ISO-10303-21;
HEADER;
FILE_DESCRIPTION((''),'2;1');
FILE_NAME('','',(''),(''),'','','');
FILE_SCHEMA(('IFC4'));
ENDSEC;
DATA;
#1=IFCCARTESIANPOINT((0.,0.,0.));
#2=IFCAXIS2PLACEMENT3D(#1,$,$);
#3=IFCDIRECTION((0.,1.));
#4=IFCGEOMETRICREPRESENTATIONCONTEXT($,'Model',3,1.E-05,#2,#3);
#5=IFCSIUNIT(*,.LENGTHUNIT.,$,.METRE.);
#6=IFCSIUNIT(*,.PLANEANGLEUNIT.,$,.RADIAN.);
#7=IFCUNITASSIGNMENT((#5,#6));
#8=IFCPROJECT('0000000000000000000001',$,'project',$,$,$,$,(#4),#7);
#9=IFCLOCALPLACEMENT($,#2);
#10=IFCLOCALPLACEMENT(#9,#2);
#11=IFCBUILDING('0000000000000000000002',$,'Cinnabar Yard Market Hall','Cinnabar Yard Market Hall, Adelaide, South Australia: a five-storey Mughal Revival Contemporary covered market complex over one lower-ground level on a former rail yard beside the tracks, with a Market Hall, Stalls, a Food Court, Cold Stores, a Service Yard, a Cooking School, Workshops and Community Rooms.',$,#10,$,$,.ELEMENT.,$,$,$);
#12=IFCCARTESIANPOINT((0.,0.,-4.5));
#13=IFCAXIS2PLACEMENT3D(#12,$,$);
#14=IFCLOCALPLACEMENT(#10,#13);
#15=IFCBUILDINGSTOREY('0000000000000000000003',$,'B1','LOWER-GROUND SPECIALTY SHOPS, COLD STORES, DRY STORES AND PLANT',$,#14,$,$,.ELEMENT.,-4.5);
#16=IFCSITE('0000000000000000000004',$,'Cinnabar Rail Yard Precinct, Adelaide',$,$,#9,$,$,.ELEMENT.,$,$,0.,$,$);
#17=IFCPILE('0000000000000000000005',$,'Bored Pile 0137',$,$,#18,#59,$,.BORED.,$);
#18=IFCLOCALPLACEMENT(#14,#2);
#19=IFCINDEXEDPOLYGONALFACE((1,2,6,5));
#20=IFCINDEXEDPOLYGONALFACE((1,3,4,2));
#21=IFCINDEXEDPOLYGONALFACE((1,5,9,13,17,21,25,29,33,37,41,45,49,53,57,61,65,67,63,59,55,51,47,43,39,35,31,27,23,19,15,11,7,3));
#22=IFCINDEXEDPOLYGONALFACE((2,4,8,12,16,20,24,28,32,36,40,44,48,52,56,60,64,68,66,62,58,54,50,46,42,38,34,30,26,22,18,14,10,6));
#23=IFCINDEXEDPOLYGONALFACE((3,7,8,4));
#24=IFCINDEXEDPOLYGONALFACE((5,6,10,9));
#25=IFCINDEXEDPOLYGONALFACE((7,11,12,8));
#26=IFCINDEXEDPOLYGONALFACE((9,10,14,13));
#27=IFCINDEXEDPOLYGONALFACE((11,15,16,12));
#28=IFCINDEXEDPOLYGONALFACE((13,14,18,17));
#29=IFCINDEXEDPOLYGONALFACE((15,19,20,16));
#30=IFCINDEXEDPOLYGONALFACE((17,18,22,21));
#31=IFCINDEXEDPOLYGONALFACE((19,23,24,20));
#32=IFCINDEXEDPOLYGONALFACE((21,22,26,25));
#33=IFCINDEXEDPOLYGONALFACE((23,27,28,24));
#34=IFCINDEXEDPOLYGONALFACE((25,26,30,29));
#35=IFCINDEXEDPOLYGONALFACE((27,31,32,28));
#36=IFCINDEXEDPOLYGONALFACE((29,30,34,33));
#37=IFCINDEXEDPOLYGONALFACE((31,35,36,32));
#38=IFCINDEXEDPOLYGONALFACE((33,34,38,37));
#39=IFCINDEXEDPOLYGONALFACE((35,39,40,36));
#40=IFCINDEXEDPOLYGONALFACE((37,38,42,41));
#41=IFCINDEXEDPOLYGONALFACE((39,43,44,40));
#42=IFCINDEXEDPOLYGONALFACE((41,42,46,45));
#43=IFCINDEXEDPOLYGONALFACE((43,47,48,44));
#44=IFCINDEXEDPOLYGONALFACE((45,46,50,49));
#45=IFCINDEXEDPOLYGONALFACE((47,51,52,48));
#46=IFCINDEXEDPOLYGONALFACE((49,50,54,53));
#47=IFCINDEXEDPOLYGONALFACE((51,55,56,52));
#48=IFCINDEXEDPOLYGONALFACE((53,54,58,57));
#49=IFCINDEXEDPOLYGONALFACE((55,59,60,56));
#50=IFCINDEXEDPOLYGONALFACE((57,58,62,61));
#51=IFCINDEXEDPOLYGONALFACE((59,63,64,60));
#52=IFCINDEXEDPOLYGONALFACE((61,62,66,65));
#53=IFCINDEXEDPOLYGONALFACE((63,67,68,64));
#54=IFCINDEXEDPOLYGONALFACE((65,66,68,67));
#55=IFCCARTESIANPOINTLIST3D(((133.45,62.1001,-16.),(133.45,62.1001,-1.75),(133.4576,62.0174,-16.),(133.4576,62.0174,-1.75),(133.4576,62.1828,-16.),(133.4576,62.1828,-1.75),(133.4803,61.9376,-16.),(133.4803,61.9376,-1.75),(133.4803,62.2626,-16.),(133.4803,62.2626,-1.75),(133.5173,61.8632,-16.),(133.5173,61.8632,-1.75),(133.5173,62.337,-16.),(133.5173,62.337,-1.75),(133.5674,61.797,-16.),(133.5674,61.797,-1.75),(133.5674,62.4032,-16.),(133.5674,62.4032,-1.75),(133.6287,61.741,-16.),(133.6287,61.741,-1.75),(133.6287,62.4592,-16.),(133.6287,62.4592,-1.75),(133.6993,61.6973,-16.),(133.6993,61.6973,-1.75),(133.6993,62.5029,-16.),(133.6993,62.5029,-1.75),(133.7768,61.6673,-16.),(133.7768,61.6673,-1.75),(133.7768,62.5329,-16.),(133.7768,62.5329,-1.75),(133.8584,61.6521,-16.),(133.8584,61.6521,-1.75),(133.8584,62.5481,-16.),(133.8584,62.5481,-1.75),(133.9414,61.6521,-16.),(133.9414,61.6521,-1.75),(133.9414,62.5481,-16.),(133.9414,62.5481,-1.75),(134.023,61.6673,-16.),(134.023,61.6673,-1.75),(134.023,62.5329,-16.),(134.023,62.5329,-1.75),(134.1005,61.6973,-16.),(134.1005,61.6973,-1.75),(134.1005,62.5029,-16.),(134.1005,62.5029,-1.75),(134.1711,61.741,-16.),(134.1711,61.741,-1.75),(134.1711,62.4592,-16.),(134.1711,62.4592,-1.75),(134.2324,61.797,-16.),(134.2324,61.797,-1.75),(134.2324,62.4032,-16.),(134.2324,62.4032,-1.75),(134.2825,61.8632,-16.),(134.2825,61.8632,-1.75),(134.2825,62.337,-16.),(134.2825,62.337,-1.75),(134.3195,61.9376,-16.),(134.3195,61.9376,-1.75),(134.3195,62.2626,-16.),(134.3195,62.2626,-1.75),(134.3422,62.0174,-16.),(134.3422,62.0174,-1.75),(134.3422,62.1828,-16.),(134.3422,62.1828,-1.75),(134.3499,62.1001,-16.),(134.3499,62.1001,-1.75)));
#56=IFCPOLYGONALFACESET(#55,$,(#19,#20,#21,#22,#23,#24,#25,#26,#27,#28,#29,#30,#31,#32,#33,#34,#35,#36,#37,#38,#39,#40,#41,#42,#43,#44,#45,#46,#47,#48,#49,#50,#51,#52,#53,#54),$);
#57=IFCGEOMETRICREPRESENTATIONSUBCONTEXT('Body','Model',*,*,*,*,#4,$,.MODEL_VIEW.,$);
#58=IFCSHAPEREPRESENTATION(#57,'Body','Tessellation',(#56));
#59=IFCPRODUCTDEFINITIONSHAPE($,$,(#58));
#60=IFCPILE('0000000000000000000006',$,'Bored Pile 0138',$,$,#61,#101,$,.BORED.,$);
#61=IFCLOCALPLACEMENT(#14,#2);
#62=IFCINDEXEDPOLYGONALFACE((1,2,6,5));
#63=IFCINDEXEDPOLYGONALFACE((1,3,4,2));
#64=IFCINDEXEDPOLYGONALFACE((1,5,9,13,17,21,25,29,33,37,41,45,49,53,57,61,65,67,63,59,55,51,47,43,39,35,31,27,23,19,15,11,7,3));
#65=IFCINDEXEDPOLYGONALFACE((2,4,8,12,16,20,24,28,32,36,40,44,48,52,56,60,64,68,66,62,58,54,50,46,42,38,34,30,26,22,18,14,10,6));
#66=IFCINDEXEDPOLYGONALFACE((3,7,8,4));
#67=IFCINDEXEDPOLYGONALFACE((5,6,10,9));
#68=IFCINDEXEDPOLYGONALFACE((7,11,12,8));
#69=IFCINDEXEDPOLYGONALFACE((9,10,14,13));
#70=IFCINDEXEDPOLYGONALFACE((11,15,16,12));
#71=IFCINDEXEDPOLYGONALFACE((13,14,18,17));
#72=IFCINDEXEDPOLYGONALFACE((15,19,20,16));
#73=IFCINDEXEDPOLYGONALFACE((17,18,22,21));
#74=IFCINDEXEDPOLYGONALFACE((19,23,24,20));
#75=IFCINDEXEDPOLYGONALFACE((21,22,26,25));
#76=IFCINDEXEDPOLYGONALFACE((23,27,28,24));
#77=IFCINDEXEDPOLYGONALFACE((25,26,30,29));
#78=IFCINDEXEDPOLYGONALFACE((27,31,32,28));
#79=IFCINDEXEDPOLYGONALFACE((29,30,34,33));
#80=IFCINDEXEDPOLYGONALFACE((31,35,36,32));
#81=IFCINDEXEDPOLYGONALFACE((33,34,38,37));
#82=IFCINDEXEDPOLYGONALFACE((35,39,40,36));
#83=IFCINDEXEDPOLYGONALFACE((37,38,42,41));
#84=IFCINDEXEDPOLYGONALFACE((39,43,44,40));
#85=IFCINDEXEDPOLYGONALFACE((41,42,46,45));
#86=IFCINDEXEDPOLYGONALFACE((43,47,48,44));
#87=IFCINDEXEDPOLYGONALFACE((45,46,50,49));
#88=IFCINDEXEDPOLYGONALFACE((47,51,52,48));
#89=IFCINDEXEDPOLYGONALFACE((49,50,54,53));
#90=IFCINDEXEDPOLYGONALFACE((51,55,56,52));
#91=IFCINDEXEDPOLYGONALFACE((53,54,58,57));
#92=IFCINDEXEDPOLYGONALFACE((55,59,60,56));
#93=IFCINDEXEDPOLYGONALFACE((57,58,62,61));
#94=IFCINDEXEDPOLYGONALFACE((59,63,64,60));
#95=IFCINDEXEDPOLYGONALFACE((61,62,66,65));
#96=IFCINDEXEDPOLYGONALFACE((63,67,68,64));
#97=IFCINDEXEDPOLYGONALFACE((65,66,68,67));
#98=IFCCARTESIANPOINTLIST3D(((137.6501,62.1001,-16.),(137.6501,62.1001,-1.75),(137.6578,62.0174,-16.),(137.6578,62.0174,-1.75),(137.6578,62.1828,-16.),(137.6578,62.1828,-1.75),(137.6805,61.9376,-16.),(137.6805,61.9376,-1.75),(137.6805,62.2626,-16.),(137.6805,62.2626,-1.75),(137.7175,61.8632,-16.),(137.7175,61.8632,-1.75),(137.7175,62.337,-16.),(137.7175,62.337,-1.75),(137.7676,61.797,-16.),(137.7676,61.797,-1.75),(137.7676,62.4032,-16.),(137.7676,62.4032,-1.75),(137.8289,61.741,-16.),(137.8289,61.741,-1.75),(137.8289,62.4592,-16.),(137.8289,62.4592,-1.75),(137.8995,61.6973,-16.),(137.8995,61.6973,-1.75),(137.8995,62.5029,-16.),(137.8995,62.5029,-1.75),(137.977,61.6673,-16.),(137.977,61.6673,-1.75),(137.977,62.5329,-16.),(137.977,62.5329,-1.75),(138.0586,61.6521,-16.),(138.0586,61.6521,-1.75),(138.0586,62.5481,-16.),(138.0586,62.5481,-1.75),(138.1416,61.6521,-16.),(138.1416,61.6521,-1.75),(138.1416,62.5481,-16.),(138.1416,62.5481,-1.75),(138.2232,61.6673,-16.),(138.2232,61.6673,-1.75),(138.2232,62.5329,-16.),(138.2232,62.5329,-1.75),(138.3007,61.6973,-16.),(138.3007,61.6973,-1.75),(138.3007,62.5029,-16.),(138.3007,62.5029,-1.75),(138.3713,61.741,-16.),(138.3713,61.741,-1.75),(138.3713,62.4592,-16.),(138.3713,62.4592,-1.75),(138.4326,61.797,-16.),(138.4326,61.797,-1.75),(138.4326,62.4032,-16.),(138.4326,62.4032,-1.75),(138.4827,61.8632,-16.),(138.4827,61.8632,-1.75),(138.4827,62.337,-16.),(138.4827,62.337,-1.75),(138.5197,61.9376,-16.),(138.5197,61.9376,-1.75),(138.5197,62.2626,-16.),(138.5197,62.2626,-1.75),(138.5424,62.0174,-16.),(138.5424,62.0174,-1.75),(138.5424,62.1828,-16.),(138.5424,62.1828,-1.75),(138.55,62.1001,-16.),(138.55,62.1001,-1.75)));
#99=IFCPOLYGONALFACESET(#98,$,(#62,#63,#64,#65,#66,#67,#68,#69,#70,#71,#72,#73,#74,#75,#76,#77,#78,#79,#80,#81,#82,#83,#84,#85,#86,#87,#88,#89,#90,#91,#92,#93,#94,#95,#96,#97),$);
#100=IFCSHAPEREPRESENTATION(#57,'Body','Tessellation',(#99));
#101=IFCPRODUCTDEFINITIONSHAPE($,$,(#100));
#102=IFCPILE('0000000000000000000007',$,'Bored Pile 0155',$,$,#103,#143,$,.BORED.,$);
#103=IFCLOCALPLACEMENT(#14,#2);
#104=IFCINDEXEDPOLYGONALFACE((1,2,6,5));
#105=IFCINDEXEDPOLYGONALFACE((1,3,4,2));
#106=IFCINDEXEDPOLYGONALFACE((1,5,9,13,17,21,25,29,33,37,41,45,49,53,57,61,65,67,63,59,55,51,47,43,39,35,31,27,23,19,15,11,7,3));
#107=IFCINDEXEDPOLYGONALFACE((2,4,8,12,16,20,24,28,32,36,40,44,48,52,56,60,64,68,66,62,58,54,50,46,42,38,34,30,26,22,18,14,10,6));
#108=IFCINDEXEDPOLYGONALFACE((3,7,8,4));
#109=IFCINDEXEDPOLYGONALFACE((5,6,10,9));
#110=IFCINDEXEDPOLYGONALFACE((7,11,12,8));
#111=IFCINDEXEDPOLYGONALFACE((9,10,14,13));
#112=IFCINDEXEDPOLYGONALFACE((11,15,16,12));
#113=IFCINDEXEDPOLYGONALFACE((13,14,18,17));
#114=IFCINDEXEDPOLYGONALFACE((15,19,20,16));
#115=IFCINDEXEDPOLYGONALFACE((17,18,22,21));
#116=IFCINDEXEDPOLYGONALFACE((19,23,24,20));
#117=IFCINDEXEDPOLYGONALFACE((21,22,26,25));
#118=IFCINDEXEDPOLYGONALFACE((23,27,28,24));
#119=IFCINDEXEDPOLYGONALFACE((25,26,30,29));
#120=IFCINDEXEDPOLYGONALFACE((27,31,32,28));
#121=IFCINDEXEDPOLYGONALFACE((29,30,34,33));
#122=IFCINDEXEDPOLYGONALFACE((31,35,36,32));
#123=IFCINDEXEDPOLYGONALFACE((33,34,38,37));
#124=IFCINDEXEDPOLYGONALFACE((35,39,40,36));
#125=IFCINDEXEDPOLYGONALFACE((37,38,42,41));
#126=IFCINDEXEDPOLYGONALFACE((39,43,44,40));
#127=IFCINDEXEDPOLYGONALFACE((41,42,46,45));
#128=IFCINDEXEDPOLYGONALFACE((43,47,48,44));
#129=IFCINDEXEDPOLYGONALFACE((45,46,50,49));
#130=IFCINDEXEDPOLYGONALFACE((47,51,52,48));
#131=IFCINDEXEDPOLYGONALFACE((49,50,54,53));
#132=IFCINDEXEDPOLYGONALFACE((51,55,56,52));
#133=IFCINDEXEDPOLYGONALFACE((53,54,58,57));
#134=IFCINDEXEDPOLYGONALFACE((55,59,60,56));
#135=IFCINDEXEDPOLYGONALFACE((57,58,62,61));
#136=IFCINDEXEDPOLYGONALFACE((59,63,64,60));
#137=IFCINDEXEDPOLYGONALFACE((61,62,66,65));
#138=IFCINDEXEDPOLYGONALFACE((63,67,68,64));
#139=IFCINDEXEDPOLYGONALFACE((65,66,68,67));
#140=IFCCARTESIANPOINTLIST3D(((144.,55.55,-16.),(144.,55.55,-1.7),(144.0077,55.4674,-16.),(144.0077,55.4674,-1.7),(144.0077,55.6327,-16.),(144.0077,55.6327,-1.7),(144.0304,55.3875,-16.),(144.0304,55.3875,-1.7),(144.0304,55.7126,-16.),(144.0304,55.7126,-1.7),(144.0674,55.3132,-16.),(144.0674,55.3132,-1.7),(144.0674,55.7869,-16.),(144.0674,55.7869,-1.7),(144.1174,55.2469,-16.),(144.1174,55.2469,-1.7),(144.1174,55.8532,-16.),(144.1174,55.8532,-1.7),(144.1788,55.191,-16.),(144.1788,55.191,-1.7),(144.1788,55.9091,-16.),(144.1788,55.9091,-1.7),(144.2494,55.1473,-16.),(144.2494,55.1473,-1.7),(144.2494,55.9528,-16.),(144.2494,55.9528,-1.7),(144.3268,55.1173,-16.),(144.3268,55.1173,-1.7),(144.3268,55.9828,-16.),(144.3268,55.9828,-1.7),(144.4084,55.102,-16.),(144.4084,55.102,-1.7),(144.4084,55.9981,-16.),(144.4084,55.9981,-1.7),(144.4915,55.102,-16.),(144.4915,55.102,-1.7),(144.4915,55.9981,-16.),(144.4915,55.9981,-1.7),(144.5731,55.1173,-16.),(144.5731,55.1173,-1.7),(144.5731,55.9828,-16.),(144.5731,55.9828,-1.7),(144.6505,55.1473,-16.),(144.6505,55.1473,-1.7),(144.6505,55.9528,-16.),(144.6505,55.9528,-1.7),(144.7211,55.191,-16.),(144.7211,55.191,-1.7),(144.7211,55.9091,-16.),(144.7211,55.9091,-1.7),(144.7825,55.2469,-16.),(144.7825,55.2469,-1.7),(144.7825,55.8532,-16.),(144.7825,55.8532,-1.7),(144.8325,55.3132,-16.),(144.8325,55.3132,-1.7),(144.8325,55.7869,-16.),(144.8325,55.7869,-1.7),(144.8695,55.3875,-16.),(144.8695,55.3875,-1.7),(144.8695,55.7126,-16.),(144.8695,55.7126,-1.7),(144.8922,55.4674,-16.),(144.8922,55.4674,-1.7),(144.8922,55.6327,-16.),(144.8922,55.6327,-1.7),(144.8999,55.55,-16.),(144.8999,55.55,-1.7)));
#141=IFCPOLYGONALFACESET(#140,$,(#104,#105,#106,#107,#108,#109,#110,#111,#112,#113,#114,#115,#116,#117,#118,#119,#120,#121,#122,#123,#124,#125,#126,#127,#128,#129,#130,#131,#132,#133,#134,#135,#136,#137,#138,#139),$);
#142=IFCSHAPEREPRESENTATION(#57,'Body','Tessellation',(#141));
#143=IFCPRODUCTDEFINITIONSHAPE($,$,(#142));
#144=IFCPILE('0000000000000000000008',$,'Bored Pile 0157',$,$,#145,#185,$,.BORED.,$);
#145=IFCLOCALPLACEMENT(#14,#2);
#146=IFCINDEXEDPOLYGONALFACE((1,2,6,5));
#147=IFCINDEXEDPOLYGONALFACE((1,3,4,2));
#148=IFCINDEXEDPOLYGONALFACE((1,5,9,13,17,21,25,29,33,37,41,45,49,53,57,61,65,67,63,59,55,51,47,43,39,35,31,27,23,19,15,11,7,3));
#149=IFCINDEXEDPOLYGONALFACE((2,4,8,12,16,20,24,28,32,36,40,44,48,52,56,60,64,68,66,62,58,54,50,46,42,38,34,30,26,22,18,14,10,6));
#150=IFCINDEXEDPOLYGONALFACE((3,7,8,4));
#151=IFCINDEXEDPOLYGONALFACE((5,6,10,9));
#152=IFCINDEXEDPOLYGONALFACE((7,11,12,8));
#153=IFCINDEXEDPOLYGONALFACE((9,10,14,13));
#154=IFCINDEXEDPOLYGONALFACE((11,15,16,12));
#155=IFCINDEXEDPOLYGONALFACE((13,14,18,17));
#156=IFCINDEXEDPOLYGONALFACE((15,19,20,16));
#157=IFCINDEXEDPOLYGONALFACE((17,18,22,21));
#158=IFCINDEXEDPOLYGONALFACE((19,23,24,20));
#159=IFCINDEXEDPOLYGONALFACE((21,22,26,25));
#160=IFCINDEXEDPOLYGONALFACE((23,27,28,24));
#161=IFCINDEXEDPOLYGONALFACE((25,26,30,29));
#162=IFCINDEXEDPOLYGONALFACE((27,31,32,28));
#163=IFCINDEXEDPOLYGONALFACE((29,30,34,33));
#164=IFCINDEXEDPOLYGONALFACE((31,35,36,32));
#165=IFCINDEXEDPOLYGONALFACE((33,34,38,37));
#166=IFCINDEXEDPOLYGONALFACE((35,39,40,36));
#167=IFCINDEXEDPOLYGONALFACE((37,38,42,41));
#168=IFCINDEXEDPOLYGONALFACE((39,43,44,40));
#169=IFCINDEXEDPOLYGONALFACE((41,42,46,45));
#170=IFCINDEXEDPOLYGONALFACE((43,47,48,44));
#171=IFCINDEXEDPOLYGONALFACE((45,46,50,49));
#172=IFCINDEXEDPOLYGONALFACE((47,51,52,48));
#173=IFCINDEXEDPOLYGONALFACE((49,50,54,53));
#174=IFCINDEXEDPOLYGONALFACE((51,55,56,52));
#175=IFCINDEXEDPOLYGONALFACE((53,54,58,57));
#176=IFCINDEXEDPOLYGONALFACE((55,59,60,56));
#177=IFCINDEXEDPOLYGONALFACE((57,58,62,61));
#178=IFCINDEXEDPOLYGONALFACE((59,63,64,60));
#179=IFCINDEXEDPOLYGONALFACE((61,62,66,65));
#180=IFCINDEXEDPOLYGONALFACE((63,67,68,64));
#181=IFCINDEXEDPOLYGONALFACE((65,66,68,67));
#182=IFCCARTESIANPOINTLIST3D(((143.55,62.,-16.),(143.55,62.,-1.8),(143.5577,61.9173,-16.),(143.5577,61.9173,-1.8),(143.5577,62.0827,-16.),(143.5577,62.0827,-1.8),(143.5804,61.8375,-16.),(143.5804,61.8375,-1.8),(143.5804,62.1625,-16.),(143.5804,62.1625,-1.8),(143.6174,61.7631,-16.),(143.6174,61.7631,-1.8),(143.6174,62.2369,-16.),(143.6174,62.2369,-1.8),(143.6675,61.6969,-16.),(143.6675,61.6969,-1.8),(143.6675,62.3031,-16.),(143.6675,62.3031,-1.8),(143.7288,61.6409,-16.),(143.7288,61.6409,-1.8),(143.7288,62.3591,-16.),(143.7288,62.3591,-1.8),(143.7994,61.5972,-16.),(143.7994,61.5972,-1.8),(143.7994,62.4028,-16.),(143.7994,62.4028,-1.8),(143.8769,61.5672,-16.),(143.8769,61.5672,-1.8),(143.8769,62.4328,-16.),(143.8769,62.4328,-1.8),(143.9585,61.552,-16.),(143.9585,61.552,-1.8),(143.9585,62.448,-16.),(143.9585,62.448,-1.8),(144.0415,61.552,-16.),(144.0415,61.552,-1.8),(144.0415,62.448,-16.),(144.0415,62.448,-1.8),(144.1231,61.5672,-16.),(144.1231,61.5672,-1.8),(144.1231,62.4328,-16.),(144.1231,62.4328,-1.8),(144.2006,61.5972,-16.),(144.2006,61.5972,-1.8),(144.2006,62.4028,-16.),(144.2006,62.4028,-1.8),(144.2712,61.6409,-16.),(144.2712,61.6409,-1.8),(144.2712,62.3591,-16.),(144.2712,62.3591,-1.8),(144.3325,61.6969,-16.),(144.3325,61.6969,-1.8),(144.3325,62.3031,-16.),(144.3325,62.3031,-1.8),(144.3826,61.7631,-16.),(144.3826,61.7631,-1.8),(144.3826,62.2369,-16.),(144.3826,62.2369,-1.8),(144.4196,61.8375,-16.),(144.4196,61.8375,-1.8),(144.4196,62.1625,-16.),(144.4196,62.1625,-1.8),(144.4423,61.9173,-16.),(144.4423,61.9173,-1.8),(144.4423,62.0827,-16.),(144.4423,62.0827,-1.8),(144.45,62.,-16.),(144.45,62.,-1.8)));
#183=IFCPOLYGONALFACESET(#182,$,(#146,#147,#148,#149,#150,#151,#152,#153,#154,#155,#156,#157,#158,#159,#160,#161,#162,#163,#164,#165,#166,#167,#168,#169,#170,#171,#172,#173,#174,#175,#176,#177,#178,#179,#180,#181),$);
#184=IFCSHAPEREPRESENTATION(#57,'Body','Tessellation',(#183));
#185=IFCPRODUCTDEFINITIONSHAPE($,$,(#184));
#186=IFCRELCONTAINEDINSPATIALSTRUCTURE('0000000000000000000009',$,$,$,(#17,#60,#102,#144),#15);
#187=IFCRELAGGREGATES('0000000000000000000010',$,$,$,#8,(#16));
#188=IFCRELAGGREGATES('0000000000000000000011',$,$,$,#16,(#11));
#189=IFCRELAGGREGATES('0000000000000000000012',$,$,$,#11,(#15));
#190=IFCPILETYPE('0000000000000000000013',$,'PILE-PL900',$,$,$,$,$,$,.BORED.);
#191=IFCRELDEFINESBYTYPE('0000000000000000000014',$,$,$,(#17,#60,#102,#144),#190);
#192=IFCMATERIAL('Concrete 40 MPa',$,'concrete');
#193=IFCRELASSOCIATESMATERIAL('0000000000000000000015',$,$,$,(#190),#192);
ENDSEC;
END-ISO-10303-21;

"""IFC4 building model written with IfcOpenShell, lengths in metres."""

from ifc_helpers import new_model, si_unit, direction, frame, origin, origin_2d_with_axis, place, context, subcontext, project, spatial, circle, extrude, material, material_profile, profile_set, type_object, element, save


model = new_model("IFC4")

# Units and contexts
model_context = context("Model", 3, precision=1e-05, world=origin(), true_north=direction((0.0, 1.0)))
body_context = subcontext(model_context, "Body", "Model", "MODEL_VIEW")
ifc_project = project(units=[si_unit("LENGTHUNIT", "METRE"), si_unit("PLANEANGLEUNIT", "RADIAN")], contexts=[model_context])

# Site, building, storey
site_placement = place(None, origin())
site = spatial("IfcSite", under=ifc_project, at=site_placement, Name="Cinnabar Rail Yard Precinct, Adelaide", CompositionType="ELEMENT", RefElevation=0.0)
building_placement = place(site_placement, origin())
building = spatial("IfcBuilding", under=site, at=building_placement, Name="Cinnabar Yard Market Hall", Description="Cinnabar Yard Market Hall, Adelaide, South Australia: a five-storey Mughal Revival Contemporary covered market complex over one lower-ground level on a former rail yard beside the tracks, with a Market Hall, Stalls, a Food Court, Cold Stores, a Service Yard, a Cooking School, Workshops and Community Rooms.", CompositionType="ELEMENT")
storey_placement = place(building_placement, frame((0.0, 0.0, -4.5)))
storey = spatial("IfcBuildingStorey", under=building, at=storey_placement, Name="B1", Description="LOWER-GROUND SPECIALTY SHOPS, COLD STORES, DRY STORES AND PLANT", CompositionType="ELEMENT", Elevation=-4.5)

# Shared definitions
ifc_material_1 = material(Name="Concrete 40 MPa", Category="concrete")

# Piles
ifc_material_profile_1 = material_profile(ifc_material_1, circle(Radius=0.45, at=origin_2d_with_axis()), Name="PILE-D900")
ifc_profile_set_1 = profile_set([ifc_material_profile_1], Name="Concrete 40 MPa")
pile_type = type_object("IfcPileType", Name="PILE-PL900", PredefinedType="BORED", material=ifc_profile_set_1)
for number, where, z_axis, x_axis, name in (
    (1, (133.8999, 62.1001, -1.75), (0.0, 0.0, -1.0), (1.0, 0.0, 0.0), "Bored Pile 0137"),
    (2, (138.1001, 62.1001, -1.75), (0.0, 0.0, -1.0), (1.0, 0.0, 0.0), "Bored Pile 0138"),
):
    element("IfcPile", number, at=place(storey_placement, frame(where, z_axis=z_axis, x_axis=x_axis)), inside=storey, type_object=pile_type, Name=name, PredefinedType="BORED", context=body_context, shape_type="SweptSolid", body=[
        extrude(circle(Radius=0.45, at=origin_2d_with_axis()), origin(), (0.0, 0.0, 1.0), 14.25),
    ])
pile_1_placement = place(storey_placement, frame((144.45, 55.55, -1.7), z_axis=(0.0, 0.0, -1.0), x_axis=(1.0, 0.0, 0.0)))
element("IfcPile", 3, at=pile_1_placement, inside=storey, type_object=pile_type, Name="Bored Pile 0155", PredefinedType="BORED", context=body_context, shape_type="SweptSolid", body=[
    extrude(circle(Radius=0.45, at=origin_2d_with_axis()), origin(), (0.0, 0.0, 1.0), 14.3),
])
pile_2_placement = place(storey_placement, frame((144.0, 62.0, -1.8), z_axis=(0.0, 0.0, -1.0), x_axis=(1.0, 0.0, 0.0)))
element("IfcPile", 4, at=pile_2_placement, inside=storey, type_object=pile_type, Name="Bored Pile 0157", PredefinedType="BORED", context=body_context, shape_type="SweptSolid", body=[
    extrude(circle(Radius=0.45, at=origin_2d_with_axis()), origin(), (0.0, 0.0, 1.0), 14.2),
])

save(model, "model.ifc")
